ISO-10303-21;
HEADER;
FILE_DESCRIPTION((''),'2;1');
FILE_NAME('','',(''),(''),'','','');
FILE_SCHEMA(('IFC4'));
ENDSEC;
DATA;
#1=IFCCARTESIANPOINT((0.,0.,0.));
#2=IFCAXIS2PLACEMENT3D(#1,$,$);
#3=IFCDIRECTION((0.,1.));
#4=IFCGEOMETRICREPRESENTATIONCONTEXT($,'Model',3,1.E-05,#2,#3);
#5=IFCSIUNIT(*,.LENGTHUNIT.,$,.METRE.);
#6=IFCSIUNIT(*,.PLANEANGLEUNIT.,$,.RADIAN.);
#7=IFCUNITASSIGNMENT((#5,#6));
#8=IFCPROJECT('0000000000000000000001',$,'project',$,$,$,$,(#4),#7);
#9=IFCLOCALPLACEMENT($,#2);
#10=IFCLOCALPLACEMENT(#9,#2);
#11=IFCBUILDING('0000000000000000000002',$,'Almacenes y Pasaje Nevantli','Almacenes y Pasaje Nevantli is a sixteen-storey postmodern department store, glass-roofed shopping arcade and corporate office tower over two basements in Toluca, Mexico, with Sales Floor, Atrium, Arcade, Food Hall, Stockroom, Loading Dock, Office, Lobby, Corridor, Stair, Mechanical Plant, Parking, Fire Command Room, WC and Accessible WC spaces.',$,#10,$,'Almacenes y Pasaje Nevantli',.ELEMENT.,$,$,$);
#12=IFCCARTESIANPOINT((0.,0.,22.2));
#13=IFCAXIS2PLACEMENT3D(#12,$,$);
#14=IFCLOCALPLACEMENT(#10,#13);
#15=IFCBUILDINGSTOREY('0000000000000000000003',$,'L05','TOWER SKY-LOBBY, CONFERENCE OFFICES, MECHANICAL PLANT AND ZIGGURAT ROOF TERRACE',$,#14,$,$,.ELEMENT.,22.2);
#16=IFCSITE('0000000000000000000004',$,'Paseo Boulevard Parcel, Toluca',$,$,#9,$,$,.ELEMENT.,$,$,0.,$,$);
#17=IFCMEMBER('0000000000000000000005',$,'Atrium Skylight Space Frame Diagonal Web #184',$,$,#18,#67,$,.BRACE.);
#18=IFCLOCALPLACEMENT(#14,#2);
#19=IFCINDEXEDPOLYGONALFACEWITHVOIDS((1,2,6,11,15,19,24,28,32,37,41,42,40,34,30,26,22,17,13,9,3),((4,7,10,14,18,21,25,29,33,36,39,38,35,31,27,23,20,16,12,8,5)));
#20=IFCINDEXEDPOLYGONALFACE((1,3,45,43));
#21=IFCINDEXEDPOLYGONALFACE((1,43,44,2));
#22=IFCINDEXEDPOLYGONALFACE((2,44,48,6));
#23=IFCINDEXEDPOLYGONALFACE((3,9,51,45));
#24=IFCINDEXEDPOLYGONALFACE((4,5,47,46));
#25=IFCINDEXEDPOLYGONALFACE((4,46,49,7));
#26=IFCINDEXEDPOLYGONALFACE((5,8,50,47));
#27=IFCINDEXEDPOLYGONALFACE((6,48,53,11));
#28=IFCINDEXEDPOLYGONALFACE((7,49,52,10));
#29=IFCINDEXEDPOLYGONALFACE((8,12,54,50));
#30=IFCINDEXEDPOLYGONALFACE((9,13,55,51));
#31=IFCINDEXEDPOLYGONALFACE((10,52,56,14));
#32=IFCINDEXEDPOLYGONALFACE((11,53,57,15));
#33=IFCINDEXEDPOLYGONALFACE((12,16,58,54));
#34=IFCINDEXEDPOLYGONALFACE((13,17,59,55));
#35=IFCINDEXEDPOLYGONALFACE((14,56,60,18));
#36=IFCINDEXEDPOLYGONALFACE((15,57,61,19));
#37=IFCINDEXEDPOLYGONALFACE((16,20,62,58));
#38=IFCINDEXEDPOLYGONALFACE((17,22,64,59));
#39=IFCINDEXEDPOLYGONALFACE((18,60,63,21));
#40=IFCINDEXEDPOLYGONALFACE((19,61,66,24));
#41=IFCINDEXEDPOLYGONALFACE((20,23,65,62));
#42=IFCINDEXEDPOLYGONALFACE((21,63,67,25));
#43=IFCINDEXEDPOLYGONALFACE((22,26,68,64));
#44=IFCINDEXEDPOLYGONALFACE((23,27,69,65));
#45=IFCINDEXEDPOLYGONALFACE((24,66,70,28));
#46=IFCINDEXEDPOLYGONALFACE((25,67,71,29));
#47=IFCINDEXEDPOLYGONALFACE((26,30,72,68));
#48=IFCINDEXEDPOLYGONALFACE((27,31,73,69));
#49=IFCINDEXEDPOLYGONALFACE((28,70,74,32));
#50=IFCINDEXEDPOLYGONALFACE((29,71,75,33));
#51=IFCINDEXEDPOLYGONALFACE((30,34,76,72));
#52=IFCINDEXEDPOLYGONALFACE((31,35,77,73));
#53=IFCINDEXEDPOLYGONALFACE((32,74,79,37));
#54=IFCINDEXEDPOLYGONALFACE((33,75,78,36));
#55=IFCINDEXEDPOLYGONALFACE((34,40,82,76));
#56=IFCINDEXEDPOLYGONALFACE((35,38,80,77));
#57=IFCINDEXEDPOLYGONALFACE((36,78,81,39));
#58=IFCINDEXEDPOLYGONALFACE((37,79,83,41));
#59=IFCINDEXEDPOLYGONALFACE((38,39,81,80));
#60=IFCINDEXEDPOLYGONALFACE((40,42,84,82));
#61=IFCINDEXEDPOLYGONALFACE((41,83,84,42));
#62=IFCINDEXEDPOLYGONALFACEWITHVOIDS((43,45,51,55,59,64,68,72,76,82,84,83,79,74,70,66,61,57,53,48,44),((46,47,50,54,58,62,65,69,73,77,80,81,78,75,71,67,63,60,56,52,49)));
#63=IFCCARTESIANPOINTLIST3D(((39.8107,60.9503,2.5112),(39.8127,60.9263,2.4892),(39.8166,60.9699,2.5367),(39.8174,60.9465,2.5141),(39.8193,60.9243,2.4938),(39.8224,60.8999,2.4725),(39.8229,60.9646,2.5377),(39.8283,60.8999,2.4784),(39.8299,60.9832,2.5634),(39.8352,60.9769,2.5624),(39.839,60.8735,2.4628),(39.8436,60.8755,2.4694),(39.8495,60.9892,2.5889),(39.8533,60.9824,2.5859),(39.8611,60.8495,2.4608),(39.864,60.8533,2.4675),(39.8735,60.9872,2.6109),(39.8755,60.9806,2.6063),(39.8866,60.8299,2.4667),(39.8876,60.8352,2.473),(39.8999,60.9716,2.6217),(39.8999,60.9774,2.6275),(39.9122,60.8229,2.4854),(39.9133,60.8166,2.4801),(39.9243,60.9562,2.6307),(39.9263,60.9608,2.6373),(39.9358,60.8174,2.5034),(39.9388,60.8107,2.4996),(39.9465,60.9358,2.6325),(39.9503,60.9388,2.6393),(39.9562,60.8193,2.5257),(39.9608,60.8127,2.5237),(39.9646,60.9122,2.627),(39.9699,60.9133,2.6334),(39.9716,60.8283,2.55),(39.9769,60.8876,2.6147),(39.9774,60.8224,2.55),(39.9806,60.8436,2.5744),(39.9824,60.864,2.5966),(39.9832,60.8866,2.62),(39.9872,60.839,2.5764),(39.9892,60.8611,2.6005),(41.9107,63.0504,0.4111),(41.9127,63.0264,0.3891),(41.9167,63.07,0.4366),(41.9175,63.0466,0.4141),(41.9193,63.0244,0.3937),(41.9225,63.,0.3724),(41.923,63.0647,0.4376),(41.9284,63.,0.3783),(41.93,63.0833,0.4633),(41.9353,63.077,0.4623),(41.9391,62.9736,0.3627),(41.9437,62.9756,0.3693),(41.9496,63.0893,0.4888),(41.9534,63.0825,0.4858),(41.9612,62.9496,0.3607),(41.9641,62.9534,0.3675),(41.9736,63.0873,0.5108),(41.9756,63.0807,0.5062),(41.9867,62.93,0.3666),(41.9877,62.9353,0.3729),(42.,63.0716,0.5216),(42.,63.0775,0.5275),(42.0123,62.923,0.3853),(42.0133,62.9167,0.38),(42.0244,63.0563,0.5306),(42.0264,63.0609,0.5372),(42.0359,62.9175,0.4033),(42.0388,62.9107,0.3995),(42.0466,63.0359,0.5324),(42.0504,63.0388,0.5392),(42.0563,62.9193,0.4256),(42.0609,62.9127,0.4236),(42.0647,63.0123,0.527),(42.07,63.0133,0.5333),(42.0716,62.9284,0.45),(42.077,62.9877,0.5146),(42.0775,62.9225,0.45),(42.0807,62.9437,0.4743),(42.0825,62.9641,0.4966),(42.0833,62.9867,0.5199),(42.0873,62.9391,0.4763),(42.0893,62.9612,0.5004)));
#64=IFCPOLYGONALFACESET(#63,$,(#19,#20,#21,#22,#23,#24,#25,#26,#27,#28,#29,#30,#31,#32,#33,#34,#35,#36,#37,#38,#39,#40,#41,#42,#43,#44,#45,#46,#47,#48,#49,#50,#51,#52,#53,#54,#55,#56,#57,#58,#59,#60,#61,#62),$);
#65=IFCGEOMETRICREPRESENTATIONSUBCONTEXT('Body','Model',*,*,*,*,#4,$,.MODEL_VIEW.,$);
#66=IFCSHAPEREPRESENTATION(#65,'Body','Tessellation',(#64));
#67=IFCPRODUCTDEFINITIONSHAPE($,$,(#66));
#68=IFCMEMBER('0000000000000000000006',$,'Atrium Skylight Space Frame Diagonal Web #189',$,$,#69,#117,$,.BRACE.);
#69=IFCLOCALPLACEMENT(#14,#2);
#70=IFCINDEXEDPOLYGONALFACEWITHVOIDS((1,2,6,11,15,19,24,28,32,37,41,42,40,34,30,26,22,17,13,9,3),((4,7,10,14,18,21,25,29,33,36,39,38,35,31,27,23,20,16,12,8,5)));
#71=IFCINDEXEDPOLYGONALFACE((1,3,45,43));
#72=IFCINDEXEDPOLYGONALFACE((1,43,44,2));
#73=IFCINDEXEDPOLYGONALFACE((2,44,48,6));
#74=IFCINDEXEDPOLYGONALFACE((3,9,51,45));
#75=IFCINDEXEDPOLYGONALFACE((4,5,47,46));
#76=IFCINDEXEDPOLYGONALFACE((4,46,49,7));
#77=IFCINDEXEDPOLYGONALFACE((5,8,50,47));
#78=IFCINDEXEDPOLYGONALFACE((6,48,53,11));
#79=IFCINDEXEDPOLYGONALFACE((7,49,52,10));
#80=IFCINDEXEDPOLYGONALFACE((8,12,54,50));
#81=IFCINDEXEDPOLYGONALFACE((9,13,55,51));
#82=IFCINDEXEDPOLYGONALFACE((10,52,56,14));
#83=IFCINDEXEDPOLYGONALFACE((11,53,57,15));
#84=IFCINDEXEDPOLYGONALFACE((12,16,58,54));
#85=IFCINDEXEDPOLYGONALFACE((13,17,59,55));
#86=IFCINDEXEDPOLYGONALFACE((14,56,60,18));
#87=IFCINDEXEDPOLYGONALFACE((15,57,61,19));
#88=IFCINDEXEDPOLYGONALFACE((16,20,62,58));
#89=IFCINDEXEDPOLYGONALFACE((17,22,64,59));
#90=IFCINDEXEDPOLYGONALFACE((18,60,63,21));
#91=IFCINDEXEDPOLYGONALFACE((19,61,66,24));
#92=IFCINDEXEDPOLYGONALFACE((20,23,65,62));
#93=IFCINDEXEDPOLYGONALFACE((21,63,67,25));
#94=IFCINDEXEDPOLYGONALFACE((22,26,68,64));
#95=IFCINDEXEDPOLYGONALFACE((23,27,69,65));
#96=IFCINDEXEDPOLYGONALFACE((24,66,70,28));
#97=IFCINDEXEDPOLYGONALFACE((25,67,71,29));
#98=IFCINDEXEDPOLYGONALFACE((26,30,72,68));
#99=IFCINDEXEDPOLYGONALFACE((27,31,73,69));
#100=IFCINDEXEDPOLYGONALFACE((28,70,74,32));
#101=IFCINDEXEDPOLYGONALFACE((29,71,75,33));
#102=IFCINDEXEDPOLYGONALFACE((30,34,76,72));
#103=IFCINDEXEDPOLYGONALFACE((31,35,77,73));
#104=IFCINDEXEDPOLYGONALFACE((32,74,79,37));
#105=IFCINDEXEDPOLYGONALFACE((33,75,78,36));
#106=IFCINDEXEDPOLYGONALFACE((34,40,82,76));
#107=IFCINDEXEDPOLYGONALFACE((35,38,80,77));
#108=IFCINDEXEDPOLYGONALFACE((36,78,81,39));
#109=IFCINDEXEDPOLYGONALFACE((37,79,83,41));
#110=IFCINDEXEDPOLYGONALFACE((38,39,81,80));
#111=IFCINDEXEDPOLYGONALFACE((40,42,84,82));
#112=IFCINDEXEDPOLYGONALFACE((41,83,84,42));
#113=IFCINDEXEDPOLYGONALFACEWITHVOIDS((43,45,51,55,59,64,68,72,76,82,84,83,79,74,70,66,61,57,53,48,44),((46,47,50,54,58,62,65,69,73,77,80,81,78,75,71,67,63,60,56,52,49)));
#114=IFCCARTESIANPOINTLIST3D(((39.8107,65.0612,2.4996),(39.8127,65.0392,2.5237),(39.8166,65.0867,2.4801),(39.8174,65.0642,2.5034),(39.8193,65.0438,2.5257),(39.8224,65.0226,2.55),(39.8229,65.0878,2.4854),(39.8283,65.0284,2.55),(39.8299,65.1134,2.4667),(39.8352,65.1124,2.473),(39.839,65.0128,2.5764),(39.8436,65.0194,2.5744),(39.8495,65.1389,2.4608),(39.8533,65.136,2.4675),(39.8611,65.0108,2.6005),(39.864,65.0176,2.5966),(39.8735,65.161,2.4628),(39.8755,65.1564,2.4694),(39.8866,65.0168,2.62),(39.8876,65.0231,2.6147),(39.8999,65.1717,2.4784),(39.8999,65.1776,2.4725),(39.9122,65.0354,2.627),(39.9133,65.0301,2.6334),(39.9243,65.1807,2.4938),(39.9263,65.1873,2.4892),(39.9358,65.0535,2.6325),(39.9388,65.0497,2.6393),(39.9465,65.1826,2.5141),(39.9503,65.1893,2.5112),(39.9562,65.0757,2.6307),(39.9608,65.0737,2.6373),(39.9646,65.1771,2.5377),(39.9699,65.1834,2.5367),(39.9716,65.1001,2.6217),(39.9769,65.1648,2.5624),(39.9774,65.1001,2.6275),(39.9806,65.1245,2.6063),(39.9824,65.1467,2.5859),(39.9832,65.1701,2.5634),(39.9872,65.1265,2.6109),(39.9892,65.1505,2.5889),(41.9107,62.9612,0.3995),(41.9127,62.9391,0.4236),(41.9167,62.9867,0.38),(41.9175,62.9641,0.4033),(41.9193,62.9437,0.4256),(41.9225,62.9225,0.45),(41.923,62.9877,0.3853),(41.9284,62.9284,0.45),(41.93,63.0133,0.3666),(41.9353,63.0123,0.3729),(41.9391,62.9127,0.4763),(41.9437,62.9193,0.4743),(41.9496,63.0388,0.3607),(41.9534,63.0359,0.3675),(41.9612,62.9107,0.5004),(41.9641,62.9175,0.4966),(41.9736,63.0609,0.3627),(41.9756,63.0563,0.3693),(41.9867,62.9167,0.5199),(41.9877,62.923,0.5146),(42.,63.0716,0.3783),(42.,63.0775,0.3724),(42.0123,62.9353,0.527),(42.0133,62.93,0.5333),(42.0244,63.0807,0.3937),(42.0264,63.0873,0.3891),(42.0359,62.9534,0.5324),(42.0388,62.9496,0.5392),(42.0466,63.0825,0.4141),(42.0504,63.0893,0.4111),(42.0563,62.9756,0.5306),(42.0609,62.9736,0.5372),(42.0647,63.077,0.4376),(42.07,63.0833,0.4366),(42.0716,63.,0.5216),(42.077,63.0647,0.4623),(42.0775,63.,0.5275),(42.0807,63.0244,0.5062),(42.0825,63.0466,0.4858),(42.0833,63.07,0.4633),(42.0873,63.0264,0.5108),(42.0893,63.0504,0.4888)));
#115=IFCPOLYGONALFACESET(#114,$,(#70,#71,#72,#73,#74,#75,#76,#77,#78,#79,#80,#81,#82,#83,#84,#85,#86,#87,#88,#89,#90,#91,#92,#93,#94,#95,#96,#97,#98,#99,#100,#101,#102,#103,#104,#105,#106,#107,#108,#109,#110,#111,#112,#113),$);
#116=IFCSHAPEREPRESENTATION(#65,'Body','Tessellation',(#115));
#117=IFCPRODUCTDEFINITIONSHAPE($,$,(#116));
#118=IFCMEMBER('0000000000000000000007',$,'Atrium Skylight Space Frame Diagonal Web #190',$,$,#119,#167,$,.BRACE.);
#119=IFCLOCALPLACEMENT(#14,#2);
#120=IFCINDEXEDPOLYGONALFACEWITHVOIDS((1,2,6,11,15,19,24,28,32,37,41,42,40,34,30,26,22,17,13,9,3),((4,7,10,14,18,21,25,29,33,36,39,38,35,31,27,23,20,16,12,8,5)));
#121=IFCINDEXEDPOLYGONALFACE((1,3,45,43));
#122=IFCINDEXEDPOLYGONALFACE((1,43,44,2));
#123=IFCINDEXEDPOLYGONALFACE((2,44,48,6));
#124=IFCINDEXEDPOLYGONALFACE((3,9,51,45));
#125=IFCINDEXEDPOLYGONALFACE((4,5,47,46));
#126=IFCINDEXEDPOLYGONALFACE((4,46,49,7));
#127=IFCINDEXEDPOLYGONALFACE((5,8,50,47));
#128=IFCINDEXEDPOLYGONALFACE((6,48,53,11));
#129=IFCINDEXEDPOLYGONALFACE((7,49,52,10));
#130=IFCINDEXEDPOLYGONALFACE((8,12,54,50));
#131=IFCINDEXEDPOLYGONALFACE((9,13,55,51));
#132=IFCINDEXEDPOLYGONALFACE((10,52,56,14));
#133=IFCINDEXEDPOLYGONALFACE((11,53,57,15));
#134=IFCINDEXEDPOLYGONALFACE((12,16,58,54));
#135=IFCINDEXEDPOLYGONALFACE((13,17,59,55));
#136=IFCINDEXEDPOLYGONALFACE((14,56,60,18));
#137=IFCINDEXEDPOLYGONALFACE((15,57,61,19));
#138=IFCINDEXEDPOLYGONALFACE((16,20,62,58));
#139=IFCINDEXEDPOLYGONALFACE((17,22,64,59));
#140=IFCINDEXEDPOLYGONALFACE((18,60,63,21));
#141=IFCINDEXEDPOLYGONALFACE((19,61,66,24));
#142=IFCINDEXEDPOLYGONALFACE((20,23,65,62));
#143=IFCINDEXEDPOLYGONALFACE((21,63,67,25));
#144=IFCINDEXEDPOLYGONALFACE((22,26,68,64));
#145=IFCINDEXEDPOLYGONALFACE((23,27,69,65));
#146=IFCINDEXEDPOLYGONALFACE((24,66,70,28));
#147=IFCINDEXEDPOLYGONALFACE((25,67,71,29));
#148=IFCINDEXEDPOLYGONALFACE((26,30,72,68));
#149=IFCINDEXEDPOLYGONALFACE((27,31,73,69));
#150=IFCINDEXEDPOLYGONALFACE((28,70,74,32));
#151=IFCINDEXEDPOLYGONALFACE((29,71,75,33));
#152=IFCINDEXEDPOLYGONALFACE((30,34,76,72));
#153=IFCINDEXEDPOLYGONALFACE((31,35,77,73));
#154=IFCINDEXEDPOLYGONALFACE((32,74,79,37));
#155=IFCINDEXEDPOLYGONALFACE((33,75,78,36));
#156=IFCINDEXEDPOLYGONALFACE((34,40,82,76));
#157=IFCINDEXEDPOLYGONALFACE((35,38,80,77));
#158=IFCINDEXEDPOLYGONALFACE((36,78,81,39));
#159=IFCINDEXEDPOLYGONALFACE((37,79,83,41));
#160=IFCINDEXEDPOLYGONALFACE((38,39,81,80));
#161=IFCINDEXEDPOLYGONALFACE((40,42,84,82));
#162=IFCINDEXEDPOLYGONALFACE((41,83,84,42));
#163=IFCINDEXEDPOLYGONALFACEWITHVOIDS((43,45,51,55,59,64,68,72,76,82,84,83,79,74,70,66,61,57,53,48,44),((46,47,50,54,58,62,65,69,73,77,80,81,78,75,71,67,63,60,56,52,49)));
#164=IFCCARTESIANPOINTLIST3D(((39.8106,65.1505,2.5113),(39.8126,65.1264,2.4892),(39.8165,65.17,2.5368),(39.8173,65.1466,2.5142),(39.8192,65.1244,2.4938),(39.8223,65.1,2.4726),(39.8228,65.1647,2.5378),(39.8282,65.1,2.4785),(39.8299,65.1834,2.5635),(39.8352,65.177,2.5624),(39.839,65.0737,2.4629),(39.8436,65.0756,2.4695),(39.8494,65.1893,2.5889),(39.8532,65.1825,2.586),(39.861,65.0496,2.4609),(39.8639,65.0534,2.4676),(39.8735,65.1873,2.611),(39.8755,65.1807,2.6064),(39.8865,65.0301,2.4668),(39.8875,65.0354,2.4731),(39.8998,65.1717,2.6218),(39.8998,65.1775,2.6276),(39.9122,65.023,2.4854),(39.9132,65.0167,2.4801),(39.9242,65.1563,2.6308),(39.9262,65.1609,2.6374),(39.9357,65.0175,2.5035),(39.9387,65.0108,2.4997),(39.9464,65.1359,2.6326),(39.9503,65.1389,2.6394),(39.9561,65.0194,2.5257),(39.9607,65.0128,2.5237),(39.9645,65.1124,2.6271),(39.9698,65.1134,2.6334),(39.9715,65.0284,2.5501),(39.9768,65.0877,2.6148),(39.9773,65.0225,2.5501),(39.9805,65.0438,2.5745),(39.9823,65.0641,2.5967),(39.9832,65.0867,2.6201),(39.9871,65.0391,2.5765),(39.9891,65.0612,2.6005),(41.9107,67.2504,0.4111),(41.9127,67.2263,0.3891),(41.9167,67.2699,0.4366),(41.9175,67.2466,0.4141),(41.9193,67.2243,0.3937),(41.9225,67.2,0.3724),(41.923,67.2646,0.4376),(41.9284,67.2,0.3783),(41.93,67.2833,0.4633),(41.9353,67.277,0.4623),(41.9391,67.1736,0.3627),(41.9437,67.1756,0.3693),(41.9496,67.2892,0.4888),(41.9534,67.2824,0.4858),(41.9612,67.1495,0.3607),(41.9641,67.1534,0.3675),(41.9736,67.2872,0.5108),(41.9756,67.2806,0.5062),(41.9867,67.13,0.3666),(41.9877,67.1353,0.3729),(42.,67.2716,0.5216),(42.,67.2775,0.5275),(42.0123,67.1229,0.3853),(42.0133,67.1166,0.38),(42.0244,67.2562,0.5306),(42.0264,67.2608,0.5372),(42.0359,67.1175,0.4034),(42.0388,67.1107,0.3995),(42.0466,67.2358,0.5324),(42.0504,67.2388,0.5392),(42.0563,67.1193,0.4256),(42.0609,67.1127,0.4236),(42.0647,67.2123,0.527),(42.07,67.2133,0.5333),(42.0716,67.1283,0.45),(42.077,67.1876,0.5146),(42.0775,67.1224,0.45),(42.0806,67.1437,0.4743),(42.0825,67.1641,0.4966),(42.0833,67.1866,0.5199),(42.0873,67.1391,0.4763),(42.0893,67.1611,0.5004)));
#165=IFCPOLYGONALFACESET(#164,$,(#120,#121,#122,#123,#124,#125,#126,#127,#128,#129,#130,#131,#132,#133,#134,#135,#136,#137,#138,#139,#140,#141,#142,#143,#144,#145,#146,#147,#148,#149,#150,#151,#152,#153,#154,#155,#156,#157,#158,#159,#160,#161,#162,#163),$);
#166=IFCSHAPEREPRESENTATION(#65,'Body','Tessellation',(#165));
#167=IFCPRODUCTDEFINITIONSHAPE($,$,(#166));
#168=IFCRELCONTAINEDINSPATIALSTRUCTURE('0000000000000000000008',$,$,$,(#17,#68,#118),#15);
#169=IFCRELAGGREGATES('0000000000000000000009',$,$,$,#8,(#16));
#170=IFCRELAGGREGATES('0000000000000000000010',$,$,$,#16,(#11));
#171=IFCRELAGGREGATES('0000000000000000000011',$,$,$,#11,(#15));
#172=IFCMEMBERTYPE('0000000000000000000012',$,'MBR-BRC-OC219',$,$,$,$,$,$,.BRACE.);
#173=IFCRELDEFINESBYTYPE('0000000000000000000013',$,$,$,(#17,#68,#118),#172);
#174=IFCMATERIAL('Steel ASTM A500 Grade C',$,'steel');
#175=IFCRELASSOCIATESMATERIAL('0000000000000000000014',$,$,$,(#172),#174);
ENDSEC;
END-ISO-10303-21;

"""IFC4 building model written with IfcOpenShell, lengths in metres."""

from ifc_helpers import new_model, si_unit, direction, frame, origin, origin_2d, place, context, subcontext, project, spatial, hollow_circle, extrude, material, material_profile, profile_set, type_object, element, save


model = new_model("IFC4")

# Units and contexts
model_context = context("Model", 3, precision=1e-05, world=origin(), true_north=direction((0.0, 1.0)))
body_context = subcontext(model_context, "Body", "Model", "MODEL_VIEW")
ifc_project = project(units=[si_unit("LENGTHUNIT", "METRE"), si_unit("PLANEANGLEUNIT", "RADIAN")], contexts=[model_context])

# Site, building, storey
site_placement = place(None, origin())
site = spatial("IfcSite", under=ifc_project, at=site_placement, Name="Paseo Boulevard Parcel, Toluca", CompositionType="ELEMENT", RefElevation=0.0)
building_placement = place(site_placement, origin())
building = spatial("IfcBuilding", under=site, at=building_placement, Name="Almacenes y Pasaje Nevantli", Description="Almacenes y Pasaje Nevantli is a sixteen-storey postmodern department store, glass-roofed shopping arcade and corporate office tower over two basements in Toluca, Mexico, with Sales Floor, Atrium, Arcade, Food Hall, Stockroom, Loading Dock, Office, Lobby, Corridor, Stair, Mechanical Plant, Parking, Fire Command Room, WC and Accessible WC spaces.", LongName="Almacenes y Pasaje Nevantli", CompositionType="ELEMENT")
storey_placement = place(building_placement, frame((0.0, 0.0, 22.2)))
storey = spatial("IfcBuildingStorey", under=building, at=storey_placement, Name="L05", Description="TOWER SKY-LOBBY, CONFERENCE OFFICES, MECHANICAL PLANT AND ZIGGURAT ROOF TERRACE", CompositionType="ELEMENT", Elevation=22.2)

# Members
ifc_material_1 = material(Name="Steel ASTM A500 Grade C", Category="steel")
ifc_material_profile_1 = material_profile(ifc_material_1, hollow_circle(Radius=0.1096, WallThickness=0.0083, at=origin_2d()), Name="OC 219x8.2")
ifc_profile_set_1 = profile_set([ifc_material_profile_1], Name="Steel ASTM A500 Grade C")
member_type_1 = type_object("IfcMemberType", Name="MBR-BRC-OC219", PredefinedType="BRACE", material=ifc_profile_set_1)
for number, where, z_axis, x_axis, name in (
    (1, (42.0, 63.0, 0.45), (-0.57735, -0.57735, 0.57735), (0.707107, -0.707107, 0.0), "Atrium Skylight Space Frame Diagonal Web #184"),
    (2, (42.0, 63.0, 0.45), (-0.57735, 0.57735, 0.57735), (-0.707107, -0.707107, 0.0), "Atrium Skylight Space Frame Diagonal Web #189"),
    (3, (42.0, 67.2, 0.45), (-0.577373, -0.577306, 0.577373), (0.707066, -0.707148, 0.0), "Atrium Skylight Space Frame Diagonal Web #190"),
):
    element("IfcMember", number, at=place(storey_placement, frame(where, z_axis=z_axis, x_axis=x_axis)), inside=storey, type_object=member_type_1, Name=name, PredefinedType="BRACE", context=body_context, shape_type="SweptSolid", body=[
        extrude(hollow_circle(Radius=0.1096, WallThickness=0.0083, at=origin_2d()), origin(), (0.0, 0.0, 1.0), 3.6375),
    ])

save(model, "model.ifc")
